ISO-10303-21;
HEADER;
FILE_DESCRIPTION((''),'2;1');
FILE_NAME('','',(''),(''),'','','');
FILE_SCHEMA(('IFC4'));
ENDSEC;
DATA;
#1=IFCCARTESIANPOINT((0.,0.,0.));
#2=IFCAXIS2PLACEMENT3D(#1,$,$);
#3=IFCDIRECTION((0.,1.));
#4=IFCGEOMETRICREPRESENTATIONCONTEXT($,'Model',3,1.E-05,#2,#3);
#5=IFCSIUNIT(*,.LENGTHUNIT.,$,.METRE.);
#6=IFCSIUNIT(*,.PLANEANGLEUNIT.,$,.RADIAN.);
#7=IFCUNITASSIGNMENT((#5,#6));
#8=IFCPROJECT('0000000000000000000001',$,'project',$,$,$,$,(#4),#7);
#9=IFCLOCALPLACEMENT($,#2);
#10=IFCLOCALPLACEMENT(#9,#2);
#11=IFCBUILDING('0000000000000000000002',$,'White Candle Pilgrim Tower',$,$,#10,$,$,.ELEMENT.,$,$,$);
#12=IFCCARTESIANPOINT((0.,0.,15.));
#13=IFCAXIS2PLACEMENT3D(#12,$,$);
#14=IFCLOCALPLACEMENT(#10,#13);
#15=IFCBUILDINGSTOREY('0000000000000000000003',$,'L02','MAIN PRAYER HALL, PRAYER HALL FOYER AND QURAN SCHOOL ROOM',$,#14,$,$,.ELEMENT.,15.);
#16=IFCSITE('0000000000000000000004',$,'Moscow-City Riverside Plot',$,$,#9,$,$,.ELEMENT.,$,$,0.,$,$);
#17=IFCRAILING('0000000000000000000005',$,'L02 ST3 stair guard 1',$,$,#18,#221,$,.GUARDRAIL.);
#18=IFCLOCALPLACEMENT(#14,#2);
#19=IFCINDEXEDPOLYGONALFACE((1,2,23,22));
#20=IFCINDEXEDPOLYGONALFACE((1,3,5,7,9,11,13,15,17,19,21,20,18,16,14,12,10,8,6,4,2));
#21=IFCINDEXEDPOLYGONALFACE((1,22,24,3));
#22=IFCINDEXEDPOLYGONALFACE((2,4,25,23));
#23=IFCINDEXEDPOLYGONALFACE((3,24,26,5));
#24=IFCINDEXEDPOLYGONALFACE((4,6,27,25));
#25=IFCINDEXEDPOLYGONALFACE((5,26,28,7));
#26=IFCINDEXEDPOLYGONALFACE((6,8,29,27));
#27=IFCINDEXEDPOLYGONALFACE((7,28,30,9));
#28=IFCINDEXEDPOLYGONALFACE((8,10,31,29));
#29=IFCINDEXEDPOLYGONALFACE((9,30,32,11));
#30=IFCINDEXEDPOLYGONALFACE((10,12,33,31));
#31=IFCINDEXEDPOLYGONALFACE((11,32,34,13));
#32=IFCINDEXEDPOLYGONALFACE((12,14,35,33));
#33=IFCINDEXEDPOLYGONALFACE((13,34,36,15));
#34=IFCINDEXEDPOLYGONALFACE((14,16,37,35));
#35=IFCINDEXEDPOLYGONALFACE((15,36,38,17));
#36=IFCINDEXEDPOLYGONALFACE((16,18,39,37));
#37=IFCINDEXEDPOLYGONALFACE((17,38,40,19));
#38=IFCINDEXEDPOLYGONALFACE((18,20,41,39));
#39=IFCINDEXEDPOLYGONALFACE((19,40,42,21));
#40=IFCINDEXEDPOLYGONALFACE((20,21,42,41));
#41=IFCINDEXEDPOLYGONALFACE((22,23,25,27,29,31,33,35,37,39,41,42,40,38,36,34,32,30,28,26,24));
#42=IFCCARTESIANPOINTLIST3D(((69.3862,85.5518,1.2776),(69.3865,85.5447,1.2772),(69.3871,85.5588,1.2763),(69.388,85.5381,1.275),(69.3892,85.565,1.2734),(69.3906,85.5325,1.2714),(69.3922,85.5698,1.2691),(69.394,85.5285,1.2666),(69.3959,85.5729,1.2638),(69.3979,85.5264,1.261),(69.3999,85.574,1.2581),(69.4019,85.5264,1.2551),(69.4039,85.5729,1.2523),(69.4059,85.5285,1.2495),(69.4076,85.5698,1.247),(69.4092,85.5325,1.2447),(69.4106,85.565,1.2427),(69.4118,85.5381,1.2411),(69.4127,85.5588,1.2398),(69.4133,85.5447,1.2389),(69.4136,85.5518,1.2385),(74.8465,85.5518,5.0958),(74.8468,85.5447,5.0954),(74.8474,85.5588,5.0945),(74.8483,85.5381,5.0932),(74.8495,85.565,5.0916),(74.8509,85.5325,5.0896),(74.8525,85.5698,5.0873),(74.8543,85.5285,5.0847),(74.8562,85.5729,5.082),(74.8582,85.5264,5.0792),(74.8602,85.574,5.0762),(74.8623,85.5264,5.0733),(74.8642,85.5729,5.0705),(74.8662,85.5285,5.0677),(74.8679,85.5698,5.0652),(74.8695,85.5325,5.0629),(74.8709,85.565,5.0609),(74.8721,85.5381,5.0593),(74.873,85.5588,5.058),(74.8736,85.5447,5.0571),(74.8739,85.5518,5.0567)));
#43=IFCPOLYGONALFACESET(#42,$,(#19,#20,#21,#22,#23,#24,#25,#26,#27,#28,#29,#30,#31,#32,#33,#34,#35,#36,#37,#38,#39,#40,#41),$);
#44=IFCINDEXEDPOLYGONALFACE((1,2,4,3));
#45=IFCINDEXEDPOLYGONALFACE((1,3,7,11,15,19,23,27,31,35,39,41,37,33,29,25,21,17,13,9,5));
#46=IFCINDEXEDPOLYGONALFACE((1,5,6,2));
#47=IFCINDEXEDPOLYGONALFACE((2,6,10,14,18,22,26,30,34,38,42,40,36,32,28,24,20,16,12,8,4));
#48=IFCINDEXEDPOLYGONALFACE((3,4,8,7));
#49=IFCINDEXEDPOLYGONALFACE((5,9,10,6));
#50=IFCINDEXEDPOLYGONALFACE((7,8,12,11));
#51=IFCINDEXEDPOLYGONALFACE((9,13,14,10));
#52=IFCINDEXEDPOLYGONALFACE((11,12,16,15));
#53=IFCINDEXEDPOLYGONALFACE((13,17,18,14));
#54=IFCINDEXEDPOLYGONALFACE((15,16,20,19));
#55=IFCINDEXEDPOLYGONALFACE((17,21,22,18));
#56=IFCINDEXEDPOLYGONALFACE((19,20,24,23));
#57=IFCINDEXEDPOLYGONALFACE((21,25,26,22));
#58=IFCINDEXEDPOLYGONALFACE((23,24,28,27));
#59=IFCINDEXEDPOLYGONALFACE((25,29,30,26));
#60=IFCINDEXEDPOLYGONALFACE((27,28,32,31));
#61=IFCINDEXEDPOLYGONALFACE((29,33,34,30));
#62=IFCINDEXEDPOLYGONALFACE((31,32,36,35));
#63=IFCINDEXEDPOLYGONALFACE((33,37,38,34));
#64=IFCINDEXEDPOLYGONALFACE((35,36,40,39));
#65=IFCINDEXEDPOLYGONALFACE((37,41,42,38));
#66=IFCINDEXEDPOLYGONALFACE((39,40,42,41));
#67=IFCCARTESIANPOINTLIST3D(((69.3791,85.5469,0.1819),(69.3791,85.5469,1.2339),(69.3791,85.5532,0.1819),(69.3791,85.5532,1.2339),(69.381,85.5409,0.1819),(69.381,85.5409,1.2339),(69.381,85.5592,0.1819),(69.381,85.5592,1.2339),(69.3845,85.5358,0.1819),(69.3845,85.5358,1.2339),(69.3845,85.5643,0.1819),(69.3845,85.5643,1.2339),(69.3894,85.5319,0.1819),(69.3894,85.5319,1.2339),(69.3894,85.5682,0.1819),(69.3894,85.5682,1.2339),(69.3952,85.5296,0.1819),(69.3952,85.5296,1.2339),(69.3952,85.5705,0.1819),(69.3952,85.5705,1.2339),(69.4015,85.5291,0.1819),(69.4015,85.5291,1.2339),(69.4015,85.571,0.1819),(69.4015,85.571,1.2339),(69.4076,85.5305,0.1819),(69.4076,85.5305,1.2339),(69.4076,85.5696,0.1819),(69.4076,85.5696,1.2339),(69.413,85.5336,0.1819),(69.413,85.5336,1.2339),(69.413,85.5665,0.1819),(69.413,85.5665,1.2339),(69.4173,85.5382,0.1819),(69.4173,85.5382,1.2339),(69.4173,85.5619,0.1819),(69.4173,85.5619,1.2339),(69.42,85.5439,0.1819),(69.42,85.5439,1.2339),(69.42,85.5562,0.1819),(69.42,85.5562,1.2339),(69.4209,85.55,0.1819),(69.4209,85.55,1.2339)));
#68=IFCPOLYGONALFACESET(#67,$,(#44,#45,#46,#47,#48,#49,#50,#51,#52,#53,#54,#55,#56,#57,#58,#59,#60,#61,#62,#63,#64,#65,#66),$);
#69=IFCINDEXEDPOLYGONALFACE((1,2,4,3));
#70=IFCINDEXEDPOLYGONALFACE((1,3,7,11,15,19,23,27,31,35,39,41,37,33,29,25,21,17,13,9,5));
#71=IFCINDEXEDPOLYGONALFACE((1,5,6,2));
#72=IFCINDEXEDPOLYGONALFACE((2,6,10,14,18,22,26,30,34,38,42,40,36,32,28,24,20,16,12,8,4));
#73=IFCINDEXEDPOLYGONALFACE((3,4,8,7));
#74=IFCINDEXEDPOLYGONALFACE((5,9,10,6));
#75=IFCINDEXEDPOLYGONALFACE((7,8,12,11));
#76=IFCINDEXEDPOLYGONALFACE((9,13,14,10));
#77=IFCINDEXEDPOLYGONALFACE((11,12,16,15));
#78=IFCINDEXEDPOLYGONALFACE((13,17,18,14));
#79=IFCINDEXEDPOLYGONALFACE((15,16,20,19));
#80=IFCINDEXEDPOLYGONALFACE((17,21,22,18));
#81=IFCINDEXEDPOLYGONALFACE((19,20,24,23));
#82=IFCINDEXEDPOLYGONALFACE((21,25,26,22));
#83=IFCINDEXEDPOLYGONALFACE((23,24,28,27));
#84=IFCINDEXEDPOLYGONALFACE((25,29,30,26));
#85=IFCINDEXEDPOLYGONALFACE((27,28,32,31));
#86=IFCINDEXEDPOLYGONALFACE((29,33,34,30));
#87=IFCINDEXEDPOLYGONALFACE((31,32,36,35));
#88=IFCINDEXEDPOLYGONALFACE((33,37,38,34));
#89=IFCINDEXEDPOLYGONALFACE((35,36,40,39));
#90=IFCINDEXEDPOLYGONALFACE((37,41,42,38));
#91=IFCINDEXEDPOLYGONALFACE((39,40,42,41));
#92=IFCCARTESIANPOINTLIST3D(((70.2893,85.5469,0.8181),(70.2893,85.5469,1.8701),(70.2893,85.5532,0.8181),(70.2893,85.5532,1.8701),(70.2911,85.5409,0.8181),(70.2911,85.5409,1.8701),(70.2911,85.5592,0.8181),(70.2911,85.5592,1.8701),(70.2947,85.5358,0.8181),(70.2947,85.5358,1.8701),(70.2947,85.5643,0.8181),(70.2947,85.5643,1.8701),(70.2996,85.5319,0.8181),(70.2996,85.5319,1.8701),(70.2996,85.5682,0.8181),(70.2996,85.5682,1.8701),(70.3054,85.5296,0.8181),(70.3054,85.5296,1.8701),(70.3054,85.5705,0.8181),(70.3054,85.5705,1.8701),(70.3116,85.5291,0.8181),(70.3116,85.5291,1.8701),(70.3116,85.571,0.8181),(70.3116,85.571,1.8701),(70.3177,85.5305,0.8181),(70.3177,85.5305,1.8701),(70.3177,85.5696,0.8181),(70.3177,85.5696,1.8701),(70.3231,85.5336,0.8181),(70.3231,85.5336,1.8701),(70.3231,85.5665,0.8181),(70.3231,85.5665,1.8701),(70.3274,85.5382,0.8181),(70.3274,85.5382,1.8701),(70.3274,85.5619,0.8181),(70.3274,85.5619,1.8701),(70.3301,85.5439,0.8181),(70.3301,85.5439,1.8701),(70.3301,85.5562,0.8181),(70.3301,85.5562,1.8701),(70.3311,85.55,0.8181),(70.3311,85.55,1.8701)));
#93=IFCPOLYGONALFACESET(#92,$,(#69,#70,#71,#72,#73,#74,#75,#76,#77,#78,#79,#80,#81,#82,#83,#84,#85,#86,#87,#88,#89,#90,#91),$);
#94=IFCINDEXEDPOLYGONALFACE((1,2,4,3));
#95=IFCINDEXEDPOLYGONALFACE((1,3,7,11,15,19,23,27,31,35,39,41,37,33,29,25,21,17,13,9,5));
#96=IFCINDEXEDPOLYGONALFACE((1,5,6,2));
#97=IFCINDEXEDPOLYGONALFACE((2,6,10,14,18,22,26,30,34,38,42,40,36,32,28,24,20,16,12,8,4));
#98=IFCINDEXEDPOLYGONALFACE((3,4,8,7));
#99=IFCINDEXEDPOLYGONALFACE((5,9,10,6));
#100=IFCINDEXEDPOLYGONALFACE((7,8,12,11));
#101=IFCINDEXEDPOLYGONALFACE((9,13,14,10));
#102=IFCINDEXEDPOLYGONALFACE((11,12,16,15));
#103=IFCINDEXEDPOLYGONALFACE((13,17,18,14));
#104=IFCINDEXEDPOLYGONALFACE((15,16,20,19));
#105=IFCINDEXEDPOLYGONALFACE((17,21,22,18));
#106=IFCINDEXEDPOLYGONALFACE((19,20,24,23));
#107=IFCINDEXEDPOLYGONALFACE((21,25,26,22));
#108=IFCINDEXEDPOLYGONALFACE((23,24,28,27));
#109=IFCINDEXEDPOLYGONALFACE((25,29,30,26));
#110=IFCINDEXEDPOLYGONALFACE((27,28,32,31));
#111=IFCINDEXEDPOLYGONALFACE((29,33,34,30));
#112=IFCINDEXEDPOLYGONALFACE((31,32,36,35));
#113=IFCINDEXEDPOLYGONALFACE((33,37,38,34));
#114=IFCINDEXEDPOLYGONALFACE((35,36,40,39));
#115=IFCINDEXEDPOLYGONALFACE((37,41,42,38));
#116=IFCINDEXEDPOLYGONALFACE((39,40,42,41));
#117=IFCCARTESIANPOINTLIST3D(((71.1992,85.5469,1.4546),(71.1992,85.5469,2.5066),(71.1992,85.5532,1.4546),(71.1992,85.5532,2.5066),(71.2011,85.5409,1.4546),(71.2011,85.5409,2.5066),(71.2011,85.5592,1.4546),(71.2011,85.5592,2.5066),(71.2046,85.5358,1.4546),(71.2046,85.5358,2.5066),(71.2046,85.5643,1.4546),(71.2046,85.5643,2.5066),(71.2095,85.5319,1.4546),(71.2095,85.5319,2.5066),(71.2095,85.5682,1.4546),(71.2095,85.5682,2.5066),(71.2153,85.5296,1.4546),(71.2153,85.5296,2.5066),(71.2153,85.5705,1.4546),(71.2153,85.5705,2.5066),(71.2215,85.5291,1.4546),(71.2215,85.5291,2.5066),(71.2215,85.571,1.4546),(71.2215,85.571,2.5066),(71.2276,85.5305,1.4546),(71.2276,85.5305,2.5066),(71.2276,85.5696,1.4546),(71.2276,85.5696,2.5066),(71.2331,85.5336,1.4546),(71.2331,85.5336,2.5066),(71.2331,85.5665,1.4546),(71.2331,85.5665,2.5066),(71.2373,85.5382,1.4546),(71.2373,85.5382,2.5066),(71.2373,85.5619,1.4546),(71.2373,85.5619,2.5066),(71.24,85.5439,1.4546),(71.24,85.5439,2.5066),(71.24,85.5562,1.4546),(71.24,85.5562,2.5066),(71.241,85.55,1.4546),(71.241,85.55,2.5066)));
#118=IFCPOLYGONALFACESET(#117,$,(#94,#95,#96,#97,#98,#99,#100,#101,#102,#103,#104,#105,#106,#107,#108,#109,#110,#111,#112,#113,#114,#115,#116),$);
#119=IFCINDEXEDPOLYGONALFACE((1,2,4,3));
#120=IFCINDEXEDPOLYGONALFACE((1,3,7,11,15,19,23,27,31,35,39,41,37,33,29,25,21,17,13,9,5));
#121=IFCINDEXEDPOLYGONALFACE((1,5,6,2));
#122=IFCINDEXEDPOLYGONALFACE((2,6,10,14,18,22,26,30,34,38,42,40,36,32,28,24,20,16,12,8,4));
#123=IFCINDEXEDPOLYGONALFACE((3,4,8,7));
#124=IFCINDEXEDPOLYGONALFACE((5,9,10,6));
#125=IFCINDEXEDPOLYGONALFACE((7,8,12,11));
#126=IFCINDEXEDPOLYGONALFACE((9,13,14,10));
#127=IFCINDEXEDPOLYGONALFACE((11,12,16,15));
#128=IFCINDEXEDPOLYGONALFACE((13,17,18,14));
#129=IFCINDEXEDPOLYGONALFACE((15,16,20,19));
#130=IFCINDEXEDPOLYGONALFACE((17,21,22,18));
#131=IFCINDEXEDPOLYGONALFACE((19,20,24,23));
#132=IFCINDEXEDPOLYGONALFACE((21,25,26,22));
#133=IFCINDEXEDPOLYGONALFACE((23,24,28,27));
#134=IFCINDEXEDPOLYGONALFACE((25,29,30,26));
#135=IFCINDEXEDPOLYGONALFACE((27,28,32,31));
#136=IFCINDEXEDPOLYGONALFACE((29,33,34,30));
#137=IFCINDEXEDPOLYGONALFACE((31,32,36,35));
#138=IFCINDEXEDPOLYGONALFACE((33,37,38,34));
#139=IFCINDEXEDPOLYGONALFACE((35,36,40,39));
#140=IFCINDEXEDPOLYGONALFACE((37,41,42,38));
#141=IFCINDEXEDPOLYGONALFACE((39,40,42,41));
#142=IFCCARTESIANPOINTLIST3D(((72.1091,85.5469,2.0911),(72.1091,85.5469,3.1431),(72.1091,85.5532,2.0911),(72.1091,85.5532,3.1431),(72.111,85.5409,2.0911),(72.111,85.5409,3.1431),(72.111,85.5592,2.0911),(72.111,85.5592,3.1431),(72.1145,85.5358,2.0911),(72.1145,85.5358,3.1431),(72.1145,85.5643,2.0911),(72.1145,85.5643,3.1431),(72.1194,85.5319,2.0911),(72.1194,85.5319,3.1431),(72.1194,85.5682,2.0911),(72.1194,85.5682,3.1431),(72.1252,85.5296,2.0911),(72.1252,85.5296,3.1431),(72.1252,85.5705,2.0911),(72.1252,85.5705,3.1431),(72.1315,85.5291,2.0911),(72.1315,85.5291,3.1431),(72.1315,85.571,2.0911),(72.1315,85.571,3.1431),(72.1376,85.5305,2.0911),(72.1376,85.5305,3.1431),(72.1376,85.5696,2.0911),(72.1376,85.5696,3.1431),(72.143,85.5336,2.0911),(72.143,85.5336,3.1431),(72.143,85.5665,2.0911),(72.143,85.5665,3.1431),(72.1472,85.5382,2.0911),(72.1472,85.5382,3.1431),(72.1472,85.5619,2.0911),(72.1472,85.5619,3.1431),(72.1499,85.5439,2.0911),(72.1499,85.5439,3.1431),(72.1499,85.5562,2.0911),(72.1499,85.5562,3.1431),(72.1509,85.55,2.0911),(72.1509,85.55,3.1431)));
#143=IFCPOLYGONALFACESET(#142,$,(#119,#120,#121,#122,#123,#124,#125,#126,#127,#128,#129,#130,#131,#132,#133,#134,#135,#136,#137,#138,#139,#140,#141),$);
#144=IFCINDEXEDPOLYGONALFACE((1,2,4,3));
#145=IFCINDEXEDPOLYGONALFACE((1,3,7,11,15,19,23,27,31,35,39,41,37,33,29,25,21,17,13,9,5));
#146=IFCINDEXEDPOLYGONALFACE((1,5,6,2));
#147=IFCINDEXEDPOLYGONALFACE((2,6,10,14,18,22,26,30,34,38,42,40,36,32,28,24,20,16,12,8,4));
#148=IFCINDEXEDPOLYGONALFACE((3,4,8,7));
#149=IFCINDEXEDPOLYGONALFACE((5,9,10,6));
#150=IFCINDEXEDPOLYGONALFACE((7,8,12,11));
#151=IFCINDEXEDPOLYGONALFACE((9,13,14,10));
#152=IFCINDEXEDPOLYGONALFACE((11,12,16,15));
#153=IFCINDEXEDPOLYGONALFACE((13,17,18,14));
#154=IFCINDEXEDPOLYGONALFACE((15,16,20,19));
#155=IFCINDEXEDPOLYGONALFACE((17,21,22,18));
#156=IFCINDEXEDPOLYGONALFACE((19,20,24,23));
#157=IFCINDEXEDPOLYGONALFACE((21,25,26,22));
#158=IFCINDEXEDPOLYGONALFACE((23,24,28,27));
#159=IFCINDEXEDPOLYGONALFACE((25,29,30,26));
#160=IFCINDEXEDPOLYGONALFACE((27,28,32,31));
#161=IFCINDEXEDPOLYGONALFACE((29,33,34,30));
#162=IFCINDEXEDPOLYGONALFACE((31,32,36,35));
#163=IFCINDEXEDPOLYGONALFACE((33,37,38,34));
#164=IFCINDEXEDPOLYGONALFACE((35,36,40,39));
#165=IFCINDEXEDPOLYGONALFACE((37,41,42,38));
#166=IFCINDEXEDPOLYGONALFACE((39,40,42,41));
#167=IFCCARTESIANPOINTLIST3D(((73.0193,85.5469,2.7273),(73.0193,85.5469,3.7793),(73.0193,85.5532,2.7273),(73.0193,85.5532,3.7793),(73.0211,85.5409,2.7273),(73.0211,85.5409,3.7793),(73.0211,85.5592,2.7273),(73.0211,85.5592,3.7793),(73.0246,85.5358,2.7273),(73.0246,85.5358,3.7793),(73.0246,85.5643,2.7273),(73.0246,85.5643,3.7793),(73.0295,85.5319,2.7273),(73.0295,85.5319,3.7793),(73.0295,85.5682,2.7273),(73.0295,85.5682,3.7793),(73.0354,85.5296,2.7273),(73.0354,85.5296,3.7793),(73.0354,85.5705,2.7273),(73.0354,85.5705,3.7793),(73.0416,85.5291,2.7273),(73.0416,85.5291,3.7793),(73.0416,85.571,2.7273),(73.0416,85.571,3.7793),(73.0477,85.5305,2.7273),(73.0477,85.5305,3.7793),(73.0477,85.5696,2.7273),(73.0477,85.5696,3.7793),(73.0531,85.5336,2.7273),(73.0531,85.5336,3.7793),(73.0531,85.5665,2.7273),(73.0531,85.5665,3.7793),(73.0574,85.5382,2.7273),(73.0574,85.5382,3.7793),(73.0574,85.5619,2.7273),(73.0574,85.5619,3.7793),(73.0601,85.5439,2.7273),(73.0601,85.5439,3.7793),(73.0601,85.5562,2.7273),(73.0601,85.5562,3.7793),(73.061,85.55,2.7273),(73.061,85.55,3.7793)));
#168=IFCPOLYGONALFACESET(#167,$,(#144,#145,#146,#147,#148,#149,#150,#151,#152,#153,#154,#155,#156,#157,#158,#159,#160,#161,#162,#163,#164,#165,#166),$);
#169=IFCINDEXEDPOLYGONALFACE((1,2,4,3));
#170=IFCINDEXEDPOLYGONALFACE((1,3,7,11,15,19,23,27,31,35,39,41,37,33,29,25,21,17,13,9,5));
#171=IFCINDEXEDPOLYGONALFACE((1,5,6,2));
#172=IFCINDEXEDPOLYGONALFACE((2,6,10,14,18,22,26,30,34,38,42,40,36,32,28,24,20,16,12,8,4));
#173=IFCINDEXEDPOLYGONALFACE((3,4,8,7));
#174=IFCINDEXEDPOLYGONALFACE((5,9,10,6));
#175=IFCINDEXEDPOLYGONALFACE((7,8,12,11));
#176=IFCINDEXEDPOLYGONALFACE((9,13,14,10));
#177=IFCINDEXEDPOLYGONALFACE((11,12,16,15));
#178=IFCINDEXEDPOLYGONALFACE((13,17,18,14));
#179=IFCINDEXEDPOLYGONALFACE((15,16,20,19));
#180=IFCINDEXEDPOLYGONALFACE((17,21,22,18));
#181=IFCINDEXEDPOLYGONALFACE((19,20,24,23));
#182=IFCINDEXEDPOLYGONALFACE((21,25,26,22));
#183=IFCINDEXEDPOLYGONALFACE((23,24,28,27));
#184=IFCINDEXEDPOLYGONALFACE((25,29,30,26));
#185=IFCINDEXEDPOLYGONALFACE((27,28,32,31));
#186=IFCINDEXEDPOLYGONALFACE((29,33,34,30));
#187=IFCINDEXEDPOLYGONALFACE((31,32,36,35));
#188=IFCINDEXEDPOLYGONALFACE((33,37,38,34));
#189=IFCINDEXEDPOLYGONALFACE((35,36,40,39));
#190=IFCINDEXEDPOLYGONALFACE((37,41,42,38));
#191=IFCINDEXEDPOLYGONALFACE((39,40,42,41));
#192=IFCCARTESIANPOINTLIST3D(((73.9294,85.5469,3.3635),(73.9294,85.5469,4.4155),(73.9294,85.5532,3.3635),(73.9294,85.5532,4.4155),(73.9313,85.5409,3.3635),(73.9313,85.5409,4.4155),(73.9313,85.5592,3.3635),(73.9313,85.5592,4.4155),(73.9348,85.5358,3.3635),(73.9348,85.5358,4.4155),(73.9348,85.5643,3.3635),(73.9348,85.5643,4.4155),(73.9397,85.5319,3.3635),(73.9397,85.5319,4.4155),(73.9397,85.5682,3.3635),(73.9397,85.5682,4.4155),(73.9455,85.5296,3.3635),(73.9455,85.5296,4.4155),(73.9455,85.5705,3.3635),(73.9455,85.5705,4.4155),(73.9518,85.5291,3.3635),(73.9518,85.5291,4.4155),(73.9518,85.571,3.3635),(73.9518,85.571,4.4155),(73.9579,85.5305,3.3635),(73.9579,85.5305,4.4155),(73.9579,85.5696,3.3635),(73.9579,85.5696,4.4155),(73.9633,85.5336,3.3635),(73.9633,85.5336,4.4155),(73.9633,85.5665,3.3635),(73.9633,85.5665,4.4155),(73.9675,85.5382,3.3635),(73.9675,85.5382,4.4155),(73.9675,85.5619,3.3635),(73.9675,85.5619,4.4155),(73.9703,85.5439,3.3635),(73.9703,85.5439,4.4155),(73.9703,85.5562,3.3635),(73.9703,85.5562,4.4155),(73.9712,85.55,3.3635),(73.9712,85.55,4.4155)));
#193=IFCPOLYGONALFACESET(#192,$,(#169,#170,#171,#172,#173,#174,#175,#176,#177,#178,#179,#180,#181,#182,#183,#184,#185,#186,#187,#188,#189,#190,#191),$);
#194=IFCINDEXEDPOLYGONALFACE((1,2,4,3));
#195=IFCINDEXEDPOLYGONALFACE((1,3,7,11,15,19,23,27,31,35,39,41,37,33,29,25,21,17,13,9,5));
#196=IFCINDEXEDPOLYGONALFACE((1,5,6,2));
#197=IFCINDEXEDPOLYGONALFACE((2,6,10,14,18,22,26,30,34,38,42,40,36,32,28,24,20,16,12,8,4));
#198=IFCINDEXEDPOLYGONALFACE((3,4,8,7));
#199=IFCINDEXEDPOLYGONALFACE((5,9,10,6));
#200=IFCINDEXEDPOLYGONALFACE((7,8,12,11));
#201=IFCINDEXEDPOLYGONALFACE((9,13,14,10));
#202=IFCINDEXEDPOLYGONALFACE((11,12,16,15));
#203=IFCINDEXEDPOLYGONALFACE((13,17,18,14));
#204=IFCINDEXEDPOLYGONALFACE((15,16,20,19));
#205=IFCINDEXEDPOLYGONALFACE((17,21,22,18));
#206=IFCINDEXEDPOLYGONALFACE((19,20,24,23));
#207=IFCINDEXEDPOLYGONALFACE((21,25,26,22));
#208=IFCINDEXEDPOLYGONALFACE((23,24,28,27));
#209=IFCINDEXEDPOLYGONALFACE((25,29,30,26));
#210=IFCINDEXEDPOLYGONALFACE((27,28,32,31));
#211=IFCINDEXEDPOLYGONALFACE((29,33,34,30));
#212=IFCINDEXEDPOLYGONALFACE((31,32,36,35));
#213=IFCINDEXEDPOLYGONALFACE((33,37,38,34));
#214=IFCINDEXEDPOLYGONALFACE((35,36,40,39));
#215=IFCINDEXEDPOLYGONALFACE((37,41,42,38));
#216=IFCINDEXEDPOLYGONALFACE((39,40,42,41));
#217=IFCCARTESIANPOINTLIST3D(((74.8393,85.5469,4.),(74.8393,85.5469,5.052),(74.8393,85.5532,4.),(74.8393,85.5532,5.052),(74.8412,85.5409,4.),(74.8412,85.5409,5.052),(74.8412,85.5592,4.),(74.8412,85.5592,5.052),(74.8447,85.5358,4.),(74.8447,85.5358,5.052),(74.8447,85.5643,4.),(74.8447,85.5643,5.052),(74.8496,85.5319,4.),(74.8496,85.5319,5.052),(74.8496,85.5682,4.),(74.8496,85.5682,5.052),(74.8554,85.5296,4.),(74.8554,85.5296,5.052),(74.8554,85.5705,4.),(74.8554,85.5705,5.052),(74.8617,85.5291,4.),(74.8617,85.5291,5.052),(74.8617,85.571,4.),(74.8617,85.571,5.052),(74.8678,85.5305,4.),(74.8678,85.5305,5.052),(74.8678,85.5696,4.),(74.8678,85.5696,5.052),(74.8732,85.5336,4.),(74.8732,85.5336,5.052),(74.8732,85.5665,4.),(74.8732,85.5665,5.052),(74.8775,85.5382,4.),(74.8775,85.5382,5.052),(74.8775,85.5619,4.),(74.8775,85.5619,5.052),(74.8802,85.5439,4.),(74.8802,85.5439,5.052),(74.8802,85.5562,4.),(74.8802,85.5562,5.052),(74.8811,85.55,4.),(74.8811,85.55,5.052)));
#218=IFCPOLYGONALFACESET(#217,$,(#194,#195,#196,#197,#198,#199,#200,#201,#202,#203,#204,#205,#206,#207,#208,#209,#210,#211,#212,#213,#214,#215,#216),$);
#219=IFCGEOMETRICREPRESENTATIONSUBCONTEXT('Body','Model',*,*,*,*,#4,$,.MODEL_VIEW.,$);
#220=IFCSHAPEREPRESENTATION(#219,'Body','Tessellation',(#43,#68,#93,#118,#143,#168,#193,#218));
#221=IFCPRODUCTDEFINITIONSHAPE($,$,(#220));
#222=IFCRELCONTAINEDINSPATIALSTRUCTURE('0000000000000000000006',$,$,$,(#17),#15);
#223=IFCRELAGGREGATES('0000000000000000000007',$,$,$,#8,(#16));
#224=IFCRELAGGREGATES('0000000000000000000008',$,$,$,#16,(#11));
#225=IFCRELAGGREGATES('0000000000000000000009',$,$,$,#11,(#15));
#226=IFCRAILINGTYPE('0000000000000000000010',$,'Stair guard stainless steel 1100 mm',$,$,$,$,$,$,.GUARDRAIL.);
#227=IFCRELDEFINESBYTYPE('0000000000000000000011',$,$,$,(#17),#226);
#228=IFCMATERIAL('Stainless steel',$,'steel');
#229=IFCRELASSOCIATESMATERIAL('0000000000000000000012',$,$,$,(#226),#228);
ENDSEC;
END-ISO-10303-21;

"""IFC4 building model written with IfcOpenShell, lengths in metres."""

from ifc_helpers import new_model, si_unit, direction, frame, origin, origin_2d, place, context, subcontext, project, spatial, circle, extrude, material, type_object, element, save


model = new_model("IFC4")

# Units and contexts
model_context = context("Model", 3, precision=1e-05, world=origin(), true_north=direction((0.0, 1.0)))
body_context = subcontext(model_context, "Body", "Model", "MODEL_VIEW")
ifc_project = project(units=[si_unit("LENGTHUNIT", "METRE"), si_unit("PLANEANGLEUNIT", "RADIAN")], contexts=[model_context])

# Site, building, storey
site_placement = place(None, origin())
site = spatial("IfcSite", under=ifc_project, at=site_placement, Name="Moscow-City Riverside Plot", CompositionType="ELEMENT", RefElevation=0.0)
building_placement = place(site_placement, origin())
building = spatial("IfcBuilding", under=site, at=building_placement, Name="White Candle Pilgrim Tower", CompositionType="ELEMENT")
storey_placement = place(building_placement, frame((0.0, 0.0, 15.0)))
storey = spatial("IfcBuildingStorey", under=building, at=storey_placement, Name="L02", Description="MAIN PRAYER HALL, PRAYER HALL FOYER AND QURAN SCHOOL ROOM", CompositionType="ELEMENT", Elevation=15.0)

# Railing
ifc_material_1 = material(Name="Stainless steel", Category="steel")
railing_type_1 = type_object("IfcRailingType", Name="Stair guard stainless steel 1100 mm", PredefinedType="GUARDRAIL", material=ifc_material_1)
railing_1_placement = place(storey_placement, frame((69.3999, 85.55, 0.1819)))
element("IfcRailing", 1, at=railing_1_placement, inside=storey, type_object=railing_type_1, Name="L02 ST3 stair guard 1", PredefinedType="GUARDRAIL", context=body_context, shape_type="SweptSolid", body=[
    extrude(circle(Radius=0.0239, at=origin_2d()), frame((0.0, 0.0, 1.0762), z_axis=(0.819516, 0.0, 0.573056), x_axis=(0.0, 1.0, 0.0)), (0.0, 0.0, 1.0), 6.6628),
    extrude(circle(Radius=0.021, at=origin_2d()), origin(), (0.0, 0.0, 1.0), 1.052),
    extrude(circle(Radius=0.021, at=origin_2d()), frame((0.9102, 0.0, 0.6362)), (0.0, 0.0, 1.0), 1.052),
    extrude(circle(Radius=0.021, at=origin_2d()), frame((1.8201, 0.0, 1.2727)), (0.0, 0.0, 1.0), 1.052),
    extrude(circle(Radius=0.021, at=origin_2d()), frame((2.73, 0.0, 1.9092)), (0.0, 0.0, 1.0), 1.052),
    extrude(circle(Radius=0.021, at=origin_2d()), frame((3.6401, 0.0, 2.5454)), (0.0, 0.0, 1.0), 1.052),
    extrude(circle(Radius=0.021, at=origin_2d()), frame((4.5503, 0.0, 3.1816)), (0.0, 0.0, 1.0), 1.052),
    extrude(circle(Radius=0.021, at=origin_2d()), frame((5.4602, 0.0, 3.8181)), (0.0, 0.0, 1.0), 1.052),
])

save(model, "model.ifc")
